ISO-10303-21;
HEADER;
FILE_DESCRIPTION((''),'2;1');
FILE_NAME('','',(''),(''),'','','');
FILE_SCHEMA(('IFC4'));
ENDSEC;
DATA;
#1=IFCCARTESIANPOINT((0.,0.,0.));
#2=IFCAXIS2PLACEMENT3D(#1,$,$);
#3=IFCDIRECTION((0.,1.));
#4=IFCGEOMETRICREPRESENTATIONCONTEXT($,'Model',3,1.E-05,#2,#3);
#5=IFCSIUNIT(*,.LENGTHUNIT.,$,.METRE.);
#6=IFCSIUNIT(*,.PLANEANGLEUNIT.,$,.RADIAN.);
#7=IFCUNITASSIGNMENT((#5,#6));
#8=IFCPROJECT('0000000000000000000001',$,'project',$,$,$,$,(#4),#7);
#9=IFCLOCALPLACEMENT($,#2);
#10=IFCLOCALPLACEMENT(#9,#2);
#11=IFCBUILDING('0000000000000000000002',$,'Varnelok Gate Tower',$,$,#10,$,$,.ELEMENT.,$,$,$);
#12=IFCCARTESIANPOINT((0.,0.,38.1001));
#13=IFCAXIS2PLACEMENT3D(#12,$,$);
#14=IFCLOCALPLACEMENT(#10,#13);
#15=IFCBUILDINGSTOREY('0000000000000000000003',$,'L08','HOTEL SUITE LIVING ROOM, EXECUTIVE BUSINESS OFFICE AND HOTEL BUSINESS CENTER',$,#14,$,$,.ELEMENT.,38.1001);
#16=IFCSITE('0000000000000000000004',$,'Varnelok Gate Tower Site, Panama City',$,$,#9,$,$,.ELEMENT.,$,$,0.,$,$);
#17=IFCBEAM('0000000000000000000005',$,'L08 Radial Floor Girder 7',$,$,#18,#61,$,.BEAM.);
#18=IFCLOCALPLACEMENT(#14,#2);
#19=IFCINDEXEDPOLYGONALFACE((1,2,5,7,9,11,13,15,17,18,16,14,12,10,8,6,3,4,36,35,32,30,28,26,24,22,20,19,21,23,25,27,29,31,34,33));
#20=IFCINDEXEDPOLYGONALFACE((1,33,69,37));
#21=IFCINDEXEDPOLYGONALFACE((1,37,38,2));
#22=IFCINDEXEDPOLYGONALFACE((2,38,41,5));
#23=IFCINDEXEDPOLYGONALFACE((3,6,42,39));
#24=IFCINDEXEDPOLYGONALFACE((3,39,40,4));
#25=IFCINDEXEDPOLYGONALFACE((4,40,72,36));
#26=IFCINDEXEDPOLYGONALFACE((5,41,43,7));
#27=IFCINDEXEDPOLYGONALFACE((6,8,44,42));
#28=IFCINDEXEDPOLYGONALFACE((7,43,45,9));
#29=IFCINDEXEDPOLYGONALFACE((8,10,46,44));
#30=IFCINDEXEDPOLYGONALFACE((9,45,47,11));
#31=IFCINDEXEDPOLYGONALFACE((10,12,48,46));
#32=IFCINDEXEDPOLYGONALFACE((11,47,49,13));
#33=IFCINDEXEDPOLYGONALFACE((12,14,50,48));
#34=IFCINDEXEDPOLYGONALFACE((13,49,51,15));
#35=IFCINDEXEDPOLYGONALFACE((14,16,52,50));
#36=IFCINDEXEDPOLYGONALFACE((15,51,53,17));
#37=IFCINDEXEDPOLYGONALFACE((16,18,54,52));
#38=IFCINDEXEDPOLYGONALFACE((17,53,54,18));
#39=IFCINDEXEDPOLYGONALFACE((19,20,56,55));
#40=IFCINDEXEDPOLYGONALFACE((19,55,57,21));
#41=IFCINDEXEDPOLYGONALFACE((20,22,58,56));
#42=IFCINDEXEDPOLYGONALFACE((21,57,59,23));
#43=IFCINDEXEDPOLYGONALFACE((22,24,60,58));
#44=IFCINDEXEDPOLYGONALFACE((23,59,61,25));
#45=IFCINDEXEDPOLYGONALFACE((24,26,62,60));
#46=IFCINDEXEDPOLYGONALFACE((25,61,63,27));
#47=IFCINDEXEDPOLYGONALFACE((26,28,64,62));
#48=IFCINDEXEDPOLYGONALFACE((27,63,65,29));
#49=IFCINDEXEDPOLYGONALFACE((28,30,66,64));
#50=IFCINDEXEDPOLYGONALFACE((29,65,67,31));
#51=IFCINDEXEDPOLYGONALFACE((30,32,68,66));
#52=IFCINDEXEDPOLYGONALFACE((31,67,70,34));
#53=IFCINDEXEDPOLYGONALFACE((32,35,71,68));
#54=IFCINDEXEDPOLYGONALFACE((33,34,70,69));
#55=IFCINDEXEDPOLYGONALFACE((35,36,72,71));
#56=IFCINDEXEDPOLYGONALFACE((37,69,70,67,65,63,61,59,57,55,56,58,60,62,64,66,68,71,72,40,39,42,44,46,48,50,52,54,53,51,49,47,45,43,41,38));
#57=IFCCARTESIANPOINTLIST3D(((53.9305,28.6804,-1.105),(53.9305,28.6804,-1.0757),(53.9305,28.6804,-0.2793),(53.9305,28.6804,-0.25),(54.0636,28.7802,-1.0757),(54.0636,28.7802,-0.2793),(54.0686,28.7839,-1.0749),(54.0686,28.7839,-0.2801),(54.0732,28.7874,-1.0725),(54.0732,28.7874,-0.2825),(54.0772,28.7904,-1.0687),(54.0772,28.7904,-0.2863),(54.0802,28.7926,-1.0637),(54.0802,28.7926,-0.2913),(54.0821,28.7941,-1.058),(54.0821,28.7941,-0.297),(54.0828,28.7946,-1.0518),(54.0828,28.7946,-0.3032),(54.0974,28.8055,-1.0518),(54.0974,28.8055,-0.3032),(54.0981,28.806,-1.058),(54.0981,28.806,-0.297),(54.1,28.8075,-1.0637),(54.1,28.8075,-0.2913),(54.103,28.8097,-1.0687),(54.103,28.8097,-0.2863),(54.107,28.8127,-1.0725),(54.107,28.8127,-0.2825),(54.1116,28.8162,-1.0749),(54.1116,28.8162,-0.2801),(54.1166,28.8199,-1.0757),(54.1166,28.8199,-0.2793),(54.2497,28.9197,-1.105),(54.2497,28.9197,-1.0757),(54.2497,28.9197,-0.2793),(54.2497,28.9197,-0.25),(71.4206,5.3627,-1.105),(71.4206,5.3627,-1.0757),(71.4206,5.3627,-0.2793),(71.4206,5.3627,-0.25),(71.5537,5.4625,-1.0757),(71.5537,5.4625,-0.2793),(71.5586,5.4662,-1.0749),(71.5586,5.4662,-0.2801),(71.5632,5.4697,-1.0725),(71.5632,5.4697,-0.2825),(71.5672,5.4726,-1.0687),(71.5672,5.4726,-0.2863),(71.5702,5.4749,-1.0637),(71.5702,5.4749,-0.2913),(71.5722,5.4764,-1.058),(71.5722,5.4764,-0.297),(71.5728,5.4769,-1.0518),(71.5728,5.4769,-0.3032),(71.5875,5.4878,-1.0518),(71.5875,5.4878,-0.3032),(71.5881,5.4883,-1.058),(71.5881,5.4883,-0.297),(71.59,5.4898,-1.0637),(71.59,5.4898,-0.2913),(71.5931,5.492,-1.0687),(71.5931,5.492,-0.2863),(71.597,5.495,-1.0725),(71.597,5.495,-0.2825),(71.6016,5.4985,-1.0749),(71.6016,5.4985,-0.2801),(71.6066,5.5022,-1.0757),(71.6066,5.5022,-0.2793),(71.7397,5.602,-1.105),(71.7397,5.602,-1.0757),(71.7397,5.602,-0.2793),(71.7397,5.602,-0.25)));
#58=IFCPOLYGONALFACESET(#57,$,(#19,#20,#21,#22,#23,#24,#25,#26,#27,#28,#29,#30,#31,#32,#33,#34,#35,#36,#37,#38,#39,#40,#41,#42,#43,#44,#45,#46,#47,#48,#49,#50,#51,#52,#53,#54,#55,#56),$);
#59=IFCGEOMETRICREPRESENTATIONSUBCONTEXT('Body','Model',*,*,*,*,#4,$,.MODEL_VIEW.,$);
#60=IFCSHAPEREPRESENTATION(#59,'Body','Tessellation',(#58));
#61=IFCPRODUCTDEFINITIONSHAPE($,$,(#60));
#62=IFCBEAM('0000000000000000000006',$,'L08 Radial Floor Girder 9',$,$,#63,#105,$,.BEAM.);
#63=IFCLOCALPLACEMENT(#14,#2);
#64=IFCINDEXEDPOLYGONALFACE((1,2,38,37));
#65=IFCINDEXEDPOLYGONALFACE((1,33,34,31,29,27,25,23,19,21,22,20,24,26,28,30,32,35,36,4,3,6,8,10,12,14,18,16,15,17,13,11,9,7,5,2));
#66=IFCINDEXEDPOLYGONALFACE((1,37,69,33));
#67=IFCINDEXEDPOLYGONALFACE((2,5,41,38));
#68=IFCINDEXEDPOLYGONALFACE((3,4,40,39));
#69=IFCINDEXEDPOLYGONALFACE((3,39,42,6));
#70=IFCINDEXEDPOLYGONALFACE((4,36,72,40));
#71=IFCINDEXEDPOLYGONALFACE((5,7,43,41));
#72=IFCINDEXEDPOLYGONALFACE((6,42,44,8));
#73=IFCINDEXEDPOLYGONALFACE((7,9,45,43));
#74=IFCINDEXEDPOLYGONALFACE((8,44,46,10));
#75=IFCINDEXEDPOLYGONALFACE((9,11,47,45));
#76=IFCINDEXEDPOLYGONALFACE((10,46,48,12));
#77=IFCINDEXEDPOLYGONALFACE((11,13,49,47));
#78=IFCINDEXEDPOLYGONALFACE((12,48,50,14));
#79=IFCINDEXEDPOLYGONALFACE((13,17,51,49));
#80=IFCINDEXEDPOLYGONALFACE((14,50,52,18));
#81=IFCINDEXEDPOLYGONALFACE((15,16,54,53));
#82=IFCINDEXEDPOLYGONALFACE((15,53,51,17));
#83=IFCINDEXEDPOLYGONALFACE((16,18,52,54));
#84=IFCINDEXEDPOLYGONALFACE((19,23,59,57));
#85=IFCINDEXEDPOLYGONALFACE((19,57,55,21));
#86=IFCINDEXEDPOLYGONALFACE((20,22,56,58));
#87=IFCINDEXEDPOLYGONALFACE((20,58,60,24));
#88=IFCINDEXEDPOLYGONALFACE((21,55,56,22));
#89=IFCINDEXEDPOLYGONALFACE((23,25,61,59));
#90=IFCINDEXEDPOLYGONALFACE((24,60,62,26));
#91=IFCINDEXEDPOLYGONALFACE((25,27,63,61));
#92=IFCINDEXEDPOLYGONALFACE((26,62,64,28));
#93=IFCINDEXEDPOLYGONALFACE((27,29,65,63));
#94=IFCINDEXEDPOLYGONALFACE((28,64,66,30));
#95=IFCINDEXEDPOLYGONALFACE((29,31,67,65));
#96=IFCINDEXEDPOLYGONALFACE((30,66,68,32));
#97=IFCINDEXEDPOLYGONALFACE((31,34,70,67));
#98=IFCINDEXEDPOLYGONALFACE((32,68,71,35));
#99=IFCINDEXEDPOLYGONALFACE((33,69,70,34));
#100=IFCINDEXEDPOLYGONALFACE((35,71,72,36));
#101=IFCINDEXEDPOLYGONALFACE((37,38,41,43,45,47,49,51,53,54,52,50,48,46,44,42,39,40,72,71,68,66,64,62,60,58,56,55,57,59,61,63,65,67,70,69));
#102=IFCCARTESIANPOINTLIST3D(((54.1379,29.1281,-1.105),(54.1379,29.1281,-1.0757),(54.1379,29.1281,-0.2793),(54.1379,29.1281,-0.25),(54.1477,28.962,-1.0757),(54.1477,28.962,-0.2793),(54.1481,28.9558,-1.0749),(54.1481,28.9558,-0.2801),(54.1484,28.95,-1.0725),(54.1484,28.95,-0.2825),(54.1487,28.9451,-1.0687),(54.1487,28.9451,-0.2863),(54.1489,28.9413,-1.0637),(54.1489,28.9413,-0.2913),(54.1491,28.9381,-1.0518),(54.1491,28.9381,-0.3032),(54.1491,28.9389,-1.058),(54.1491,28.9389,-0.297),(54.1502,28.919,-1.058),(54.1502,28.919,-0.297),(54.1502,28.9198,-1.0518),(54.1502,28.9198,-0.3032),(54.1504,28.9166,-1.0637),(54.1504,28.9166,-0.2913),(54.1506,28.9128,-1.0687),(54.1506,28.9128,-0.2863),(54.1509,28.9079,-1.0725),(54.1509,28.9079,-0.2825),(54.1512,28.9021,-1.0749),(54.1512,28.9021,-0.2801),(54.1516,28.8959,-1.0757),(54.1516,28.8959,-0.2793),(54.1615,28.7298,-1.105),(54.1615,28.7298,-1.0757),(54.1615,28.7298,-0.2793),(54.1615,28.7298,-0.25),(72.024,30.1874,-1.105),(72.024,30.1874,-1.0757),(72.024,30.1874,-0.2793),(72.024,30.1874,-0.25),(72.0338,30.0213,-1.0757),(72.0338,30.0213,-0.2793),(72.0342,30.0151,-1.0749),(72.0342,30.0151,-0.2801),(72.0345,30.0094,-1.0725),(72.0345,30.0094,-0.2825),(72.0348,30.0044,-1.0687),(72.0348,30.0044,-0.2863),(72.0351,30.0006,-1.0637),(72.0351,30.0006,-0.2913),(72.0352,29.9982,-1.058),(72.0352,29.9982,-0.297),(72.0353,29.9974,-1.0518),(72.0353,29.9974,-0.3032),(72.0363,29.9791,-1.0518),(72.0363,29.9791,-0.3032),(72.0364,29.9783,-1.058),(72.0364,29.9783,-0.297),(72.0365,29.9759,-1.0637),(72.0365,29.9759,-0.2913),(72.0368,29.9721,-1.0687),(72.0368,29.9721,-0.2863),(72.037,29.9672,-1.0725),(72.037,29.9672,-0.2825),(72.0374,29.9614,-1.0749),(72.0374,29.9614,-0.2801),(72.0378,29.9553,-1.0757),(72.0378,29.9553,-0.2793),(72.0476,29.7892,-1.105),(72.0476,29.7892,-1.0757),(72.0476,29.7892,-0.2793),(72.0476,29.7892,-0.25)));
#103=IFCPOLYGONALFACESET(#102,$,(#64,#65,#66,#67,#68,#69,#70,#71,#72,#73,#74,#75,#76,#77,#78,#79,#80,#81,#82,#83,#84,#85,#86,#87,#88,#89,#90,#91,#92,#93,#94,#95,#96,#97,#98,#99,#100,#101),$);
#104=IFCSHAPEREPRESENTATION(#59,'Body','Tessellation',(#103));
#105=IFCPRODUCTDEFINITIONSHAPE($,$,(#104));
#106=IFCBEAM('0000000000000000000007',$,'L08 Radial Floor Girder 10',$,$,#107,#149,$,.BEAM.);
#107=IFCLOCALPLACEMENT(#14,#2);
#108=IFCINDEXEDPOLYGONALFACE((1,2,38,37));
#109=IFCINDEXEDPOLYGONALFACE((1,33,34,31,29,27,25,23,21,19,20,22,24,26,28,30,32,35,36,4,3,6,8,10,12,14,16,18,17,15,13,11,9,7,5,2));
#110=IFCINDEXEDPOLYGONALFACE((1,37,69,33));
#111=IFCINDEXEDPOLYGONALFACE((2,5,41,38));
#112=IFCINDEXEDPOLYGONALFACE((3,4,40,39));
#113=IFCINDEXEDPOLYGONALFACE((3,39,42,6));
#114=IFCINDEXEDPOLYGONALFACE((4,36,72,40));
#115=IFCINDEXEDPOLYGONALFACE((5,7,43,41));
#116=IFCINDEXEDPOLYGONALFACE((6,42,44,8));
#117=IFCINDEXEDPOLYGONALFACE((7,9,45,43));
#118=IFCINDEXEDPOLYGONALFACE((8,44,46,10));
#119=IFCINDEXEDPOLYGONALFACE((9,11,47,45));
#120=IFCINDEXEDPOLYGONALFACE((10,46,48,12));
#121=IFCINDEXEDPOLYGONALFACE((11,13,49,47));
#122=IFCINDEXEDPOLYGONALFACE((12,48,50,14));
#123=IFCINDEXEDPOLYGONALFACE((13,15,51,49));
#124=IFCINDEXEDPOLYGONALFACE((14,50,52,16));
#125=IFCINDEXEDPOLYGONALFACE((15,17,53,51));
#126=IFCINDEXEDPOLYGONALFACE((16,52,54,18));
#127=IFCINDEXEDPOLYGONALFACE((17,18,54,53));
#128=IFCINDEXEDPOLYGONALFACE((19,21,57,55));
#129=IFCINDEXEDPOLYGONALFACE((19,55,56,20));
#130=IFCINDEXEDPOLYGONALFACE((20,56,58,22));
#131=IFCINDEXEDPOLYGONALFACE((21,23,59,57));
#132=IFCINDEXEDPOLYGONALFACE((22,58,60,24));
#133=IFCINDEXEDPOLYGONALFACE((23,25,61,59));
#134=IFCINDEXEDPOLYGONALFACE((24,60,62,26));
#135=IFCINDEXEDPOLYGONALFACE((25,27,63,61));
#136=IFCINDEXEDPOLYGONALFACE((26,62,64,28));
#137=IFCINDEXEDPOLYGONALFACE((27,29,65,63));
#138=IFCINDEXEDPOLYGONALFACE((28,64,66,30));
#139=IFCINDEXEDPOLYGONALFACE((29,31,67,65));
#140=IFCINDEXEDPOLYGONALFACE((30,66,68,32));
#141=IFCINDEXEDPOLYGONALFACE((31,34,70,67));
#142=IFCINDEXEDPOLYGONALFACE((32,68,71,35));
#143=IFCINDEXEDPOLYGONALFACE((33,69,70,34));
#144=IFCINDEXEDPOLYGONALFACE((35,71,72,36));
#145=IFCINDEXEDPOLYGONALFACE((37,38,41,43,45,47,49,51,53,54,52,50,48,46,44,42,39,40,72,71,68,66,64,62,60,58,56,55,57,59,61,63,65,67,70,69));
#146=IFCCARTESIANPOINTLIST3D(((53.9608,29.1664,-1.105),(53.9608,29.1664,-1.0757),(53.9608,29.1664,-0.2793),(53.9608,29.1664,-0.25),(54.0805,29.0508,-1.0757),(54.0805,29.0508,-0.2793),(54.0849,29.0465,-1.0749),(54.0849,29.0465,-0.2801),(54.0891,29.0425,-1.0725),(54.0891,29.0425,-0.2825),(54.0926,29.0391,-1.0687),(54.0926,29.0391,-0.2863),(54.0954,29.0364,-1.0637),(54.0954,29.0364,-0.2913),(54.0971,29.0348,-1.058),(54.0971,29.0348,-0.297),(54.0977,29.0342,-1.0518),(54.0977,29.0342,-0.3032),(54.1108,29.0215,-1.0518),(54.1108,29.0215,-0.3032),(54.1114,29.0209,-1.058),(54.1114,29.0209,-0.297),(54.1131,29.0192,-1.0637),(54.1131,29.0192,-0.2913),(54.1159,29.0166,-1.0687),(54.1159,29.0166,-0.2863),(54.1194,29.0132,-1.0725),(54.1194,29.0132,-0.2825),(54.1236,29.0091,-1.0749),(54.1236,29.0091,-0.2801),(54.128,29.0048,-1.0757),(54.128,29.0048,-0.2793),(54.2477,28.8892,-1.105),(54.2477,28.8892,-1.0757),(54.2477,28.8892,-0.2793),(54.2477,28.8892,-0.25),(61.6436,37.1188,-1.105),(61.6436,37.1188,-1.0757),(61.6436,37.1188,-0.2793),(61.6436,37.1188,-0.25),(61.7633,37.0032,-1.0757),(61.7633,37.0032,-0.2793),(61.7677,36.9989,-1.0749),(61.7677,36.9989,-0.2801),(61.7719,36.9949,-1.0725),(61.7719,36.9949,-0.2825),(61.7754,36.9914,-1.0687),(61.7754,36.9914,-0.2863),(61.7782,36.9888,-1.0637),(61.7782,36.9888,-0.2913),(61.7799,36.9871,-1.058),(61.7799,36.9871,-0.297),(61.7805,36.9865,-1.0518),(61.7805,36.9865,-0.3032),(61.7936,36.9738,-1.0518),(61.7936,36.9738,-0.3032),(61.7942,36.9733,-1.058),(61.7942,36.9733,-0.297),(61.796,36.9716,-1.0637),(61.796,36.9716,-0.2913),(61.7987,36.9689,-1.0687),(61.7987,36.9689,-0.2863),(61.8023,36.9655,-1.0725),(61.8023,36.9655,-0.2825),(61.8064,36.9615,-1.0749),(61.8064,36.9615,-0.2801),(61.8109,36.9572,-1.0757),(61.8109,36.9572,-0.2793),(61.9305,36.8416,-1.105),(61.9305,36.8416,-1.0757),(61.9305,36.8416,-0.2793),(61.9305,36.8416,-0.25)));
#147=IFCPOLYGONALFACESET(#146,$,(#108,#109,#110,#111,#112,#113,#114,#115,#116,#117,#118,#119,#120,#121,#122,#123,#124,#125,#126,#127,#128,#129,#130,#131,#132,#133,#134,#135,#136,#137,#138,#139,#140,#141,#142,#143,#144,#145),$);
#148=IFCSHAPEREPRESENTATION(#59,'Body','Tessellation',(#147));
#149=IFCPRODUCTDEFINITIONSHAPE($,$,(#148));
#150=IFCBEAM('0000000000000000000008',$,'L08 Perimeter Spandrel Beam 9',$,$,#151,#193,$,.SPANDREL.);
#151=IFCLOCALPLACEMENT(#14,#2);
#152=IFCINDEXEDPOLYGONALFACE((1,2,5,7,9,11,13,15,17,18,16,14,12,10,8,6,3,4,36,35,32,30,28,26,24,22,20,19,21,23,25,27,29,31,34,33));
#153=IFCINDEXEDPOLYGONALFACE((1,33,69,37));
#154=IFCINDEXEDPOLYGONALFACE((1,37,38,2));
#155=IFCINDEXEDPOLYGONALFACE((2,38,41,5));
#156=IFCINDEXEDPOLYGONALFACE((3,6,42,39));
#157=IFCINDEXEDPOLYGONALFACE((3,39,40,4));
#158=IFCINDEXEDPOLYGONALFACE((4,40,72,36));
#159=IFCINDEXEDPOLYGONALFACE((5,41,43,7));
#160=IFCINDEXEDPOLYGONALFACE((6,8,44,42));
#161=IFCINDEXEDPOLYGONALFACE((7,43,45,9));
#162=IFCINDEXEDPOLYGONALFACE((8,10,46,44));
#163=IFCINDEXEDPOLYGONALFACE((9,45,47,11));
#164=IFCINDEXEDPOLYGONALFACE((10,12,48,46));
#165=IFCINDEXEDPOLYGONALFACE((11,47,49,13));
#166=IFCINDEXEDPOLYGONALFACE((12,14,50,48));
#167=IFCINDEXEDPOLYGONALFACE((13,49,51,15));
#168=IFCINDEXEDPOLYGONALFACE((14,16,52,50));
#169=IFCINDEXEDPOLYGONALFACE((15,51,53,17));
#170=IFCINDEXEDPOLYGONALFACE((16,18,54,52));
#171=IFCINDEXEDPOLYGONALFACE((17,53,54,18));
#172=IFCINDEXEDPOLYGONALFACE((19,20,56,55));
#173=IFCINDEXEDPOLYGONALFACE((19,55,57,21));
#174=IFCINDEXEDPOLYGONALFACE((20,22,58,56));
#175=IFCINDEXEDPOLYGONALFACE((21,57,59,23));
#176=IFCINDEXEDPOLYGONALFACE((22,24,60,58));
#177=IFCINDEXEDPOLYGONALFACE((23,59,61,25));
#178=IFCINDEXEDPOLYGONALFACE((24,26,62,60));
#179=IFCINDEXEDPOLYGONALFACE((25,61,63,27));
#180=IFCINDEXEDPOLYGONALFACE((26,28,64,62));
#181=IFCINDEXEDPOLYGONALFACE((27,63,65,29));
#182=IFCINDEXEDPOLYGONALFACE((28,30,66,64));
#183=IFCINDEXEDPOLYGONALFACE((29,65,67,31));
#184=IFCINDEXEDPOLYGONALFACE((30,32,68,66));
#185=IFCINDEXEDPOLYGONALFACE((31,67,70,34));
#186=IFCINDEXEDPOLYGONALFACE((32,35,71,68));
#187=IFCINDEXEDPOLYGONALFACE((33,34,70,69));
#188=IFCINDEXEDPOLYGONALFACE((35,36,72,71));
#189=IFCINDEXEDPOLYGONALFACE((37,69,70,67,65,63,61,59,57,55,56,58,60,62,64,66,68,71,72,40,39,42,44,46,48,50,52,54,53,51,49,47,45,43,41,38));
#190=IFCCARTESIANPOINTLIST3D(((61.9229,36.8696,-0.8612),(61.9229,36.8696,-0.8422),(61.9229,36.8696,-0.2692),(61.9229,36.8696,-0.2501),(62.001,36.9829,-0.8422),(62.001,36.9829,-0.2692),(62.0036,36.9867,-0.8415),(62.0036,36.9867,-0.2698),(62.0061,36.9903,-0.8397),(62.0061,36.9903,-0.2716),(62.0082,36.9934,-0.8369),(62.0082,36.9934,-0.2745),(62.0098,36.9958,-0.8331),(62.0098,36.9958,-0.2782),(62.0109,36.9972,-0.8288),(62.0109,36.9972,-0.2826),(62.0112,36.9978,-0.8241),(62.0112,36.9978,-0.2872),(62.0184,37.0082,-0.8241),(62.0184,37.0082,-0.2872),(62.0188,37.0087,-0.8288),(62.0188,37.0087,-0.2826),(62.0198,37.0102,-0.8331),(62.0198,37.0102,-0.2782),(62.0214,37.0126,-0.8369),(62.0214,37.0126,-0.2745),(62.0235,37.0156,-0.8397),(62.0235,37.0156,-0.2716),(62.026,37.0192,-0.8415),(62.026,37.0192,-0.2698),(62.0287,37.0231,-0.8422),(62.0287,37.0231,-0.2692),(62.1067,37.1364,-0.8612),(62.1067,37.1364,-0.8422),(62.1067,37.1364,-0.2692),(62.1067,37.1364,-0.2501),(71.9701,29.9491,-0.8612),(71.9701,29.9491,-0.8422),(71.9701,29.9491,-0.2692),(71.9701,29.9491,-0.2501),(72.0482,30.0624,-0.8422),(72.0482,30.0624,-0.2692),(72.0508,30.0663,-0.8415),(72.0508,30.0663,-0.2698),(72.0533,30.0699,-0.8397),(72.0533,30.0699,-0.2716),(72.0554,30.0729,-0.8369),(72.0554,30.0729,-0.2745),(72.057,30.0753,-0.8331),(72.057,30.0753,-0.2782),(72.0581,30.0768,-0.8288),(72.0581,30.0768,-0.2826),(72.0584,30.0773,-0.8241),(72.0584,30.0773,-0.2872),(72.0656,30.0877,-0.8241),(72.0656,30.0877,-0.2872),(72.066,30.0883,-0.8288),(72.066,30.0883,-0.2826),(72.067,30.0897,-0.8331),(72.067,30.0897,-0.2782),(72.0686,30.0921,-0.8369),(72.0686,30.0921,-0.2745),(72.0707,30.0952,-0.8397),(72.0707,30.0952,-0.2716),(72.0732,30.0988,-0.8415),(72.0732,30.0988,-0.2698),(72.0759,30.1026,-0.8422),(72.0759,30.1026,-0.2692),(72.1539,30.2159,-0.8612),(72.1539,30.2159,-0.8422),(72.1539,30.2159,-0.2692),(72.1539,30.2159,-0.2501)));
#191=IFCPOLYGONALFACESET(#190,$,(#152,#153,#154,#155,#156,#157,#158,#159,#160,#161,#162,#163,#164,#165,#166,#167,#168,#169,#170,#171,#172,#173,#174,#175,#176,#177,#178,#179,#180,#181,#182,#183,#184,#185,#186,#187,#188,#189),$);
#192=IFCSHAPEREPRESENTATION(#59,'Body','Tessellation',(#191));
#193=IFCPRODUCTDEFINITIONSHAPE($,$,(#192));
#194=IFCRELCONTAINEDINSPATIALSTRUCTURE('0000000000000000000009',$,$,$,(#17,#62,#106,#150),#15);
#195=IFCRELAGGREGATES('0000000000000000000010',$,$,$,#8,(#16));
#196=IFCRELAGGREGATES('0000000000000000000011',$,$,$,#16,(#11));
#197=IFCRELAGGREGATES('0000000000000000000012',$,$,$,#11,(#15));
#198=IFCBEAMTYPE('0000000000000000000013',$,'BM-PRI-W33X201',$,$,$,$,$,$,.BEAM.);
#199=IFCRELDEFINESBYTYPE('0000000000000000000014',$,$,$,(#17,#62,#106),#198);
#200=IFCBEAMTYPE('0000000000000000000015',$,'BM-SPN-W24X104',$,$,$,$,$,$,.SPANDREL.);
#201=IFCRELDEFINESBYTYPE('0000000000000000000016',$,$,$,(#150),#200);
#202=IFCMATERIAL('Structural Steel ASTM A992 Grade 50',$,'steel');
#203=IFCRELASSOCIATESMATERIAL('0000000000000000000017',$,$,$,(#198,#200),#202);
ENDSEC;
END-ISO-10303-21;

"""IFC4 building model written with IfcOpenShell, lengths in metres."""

from ifc_helpers import new_model, si_unit, direction, frame, origin, origin_2d, place, context, subcontext, project, spatial, i_section, extrude, material, material_profile, profile_set, type_object, element, save


model = new_model("IFC4")

# Units and contexts
model_context = context("Model", 3, precision=1e-05, world=origin(), true_north=direction((0.0, 1.0)))
body_context = subcontext(model_context, "Body", "Model", "MODEL_VIEW")
ifc_project = project(units=[si_unit("LENGTHUNIT", "METRE"), si_unit("PLANEANGLEUNIT", "RADIAN")], contexts=[model_context])

# Site, building, storey
site_placement = place(None, origin())
site = spatial("IfcSite", under=ifc_project, at=site_placement, Name="Varnelok Gate Tower Site, Panama City", CompositionType="ELEMENT", RefElevation=0.0)
building_placement = place(site_placement, origin())
building = spatial("IfcBuilding", under=site, at=building_placement, Name="Varnelok Gate Tower", CompositionType="ELEMENT")
storey_placement = place(building_placement, frame((0.0, 0.0, 38.1001)))
storey = spatial("IfcBuildingStorey", under=building, at=storey_placement, Name="L08", Description="HOTEL SUITE LIVING ROOM, EXECUTIVE BUSINESS OFFICE AND HOTEL BUSINESS CENTER", CompositionType="ELEMENT", Elevation=38.1001)

# Shared definitions
ifc_material_1 = material(Name="Structural Steel ASTM A992 Grade 50", Category="steel")

# Beams
ifc_material_profile_1 = material_profile(ifc_material_1, i_section(OverallWidth=0.3989, OverallDepth=0.855, WebThickness=0.0183, FlangeThickness=0.0293, FilletRadius=0.0239, at=origin_2d()), Name="W33X201")
ifc_profile_set_1 = profile_set([ifc_material_profile_1], Name="Structural Steel ASTM A992 Grade 50")
beam_type_1 = type_object("IfcBeamType", Name="BM-PRI-W33X201", PredefinedType="BEAM", material=ifc_profile_set_1)
beam_1_placement = place(storey_placement, frame((54.0901, 28.8, -0.6775), z_axis=(0.600039, -0.799971, 0.0), x_axis=(0.799971, 0.600039, 0.0)))
element("IfcBeam", 1, at=beam_1_placement, inside=storey, type_object=beam_type_1, Name="L08 Radial Floor Girder 7", PredefinedType="BEAM", context=body_context, shape_type="SweptSolid", body=[
    extrude(i_section(OverallWidth=0.3989, OverallDepth=0.855, WebThickness=0.0183, FlangeThickness=0.0293, FilletRadius=0.0239, at=origin_2d()), origin(), (0.0, 0.0, 1.0), 29.1482),
])
beam_2_placement = place(storey_placement, frame((54.1497, 28.929, -0.6775), z_axis=(0.998251, 0.059122, 0.0), x_axis=(-0.059122, 0.998251, 0.0)))
element("IfcBeam", 2, at=beam_2_placement, inside=storey, type_object=beam_type_1, Name="L08 Radial Floor Girder 9", PredefinedType="BEAM", context=body_context, shape_type="SweptSolid", body=[
    extrude(i_section(OverallWidth=0.3989, OverallDepth=0.855, WebThickness=0.0183, FlangeThickness=0.0293, FilletRadius=0.0239, at=origin_2d()), origin(), (0.0, 0.0, 1.0), 17.9175),
])
beam_3_placement = place(storey_placement, frame((54.1042, 29.0278, -0.6775), z_axis=(0.694814, 0.71919, 0.0), x_axis=(-0.71919, 0.694814, 0.0)))
element("IfcBeam", 3, at=beam_3_placement, inside=storey, type_object=beam_type_1, Name="L08 Radial Floor Girder 10", PredefinedType="BEAM", context=body_context, shape_type="SweptSolid", body=[
    extrude(i_section(OverallWidth=0.3989, OverallDepth=0.855, WebThickness=0.0183, FlangeThickness=0.0293, FilletRadius=0.0239, at=origin_2d()), origin(), (0.0, 0.0, 1.0), 11.0574),
])
ifc_material_profile_2 = material_profile(ifc_material_1, i_section(OverallWidth=0.324, OverallDepth=0.6111, WebThickness=0.0127, FlangeThickness=0.019, FilletRadius=0.0181, at=origin_2d()), Name="W24X104")
ifc_profile_set_2 = profile_set([ifc_material_profile_2], Name="Structural Steel ASTM A992 Grade 50")
beam_type_2 = type_object("IfcBeamType", Name="BM-SPN-W24X104", PredefinedType="SPANDREL", material=ifc_profile_set_2)
beam_4_placement = place(storey_placement, frame((72.062, 30.0825, -0.5557), z_axis=(-0.823544, 0.567253, 0.0), x_axis=(-0.567253, -0.823544, 0.0)))
element("IfcBeam", 4, at=beam_4_placement, inside=storey, type_object=beam_type_2, Name="L08 Perimeter Spandrel Beam 9", PredefinedType="SPANDREL", context=body_context, shape_type="SweptSolid", body=[
    extrude(i_section(OverallWidth=0.324, OverallDepth=0.6111, WebThickness=0.0127, FlangeThickness=0.019, FilletRadius=0.0181, at=origin_2d()), origin(), (0.0, 0.0, 1.0), 12.2),
])

save(model, "model.ifc")
